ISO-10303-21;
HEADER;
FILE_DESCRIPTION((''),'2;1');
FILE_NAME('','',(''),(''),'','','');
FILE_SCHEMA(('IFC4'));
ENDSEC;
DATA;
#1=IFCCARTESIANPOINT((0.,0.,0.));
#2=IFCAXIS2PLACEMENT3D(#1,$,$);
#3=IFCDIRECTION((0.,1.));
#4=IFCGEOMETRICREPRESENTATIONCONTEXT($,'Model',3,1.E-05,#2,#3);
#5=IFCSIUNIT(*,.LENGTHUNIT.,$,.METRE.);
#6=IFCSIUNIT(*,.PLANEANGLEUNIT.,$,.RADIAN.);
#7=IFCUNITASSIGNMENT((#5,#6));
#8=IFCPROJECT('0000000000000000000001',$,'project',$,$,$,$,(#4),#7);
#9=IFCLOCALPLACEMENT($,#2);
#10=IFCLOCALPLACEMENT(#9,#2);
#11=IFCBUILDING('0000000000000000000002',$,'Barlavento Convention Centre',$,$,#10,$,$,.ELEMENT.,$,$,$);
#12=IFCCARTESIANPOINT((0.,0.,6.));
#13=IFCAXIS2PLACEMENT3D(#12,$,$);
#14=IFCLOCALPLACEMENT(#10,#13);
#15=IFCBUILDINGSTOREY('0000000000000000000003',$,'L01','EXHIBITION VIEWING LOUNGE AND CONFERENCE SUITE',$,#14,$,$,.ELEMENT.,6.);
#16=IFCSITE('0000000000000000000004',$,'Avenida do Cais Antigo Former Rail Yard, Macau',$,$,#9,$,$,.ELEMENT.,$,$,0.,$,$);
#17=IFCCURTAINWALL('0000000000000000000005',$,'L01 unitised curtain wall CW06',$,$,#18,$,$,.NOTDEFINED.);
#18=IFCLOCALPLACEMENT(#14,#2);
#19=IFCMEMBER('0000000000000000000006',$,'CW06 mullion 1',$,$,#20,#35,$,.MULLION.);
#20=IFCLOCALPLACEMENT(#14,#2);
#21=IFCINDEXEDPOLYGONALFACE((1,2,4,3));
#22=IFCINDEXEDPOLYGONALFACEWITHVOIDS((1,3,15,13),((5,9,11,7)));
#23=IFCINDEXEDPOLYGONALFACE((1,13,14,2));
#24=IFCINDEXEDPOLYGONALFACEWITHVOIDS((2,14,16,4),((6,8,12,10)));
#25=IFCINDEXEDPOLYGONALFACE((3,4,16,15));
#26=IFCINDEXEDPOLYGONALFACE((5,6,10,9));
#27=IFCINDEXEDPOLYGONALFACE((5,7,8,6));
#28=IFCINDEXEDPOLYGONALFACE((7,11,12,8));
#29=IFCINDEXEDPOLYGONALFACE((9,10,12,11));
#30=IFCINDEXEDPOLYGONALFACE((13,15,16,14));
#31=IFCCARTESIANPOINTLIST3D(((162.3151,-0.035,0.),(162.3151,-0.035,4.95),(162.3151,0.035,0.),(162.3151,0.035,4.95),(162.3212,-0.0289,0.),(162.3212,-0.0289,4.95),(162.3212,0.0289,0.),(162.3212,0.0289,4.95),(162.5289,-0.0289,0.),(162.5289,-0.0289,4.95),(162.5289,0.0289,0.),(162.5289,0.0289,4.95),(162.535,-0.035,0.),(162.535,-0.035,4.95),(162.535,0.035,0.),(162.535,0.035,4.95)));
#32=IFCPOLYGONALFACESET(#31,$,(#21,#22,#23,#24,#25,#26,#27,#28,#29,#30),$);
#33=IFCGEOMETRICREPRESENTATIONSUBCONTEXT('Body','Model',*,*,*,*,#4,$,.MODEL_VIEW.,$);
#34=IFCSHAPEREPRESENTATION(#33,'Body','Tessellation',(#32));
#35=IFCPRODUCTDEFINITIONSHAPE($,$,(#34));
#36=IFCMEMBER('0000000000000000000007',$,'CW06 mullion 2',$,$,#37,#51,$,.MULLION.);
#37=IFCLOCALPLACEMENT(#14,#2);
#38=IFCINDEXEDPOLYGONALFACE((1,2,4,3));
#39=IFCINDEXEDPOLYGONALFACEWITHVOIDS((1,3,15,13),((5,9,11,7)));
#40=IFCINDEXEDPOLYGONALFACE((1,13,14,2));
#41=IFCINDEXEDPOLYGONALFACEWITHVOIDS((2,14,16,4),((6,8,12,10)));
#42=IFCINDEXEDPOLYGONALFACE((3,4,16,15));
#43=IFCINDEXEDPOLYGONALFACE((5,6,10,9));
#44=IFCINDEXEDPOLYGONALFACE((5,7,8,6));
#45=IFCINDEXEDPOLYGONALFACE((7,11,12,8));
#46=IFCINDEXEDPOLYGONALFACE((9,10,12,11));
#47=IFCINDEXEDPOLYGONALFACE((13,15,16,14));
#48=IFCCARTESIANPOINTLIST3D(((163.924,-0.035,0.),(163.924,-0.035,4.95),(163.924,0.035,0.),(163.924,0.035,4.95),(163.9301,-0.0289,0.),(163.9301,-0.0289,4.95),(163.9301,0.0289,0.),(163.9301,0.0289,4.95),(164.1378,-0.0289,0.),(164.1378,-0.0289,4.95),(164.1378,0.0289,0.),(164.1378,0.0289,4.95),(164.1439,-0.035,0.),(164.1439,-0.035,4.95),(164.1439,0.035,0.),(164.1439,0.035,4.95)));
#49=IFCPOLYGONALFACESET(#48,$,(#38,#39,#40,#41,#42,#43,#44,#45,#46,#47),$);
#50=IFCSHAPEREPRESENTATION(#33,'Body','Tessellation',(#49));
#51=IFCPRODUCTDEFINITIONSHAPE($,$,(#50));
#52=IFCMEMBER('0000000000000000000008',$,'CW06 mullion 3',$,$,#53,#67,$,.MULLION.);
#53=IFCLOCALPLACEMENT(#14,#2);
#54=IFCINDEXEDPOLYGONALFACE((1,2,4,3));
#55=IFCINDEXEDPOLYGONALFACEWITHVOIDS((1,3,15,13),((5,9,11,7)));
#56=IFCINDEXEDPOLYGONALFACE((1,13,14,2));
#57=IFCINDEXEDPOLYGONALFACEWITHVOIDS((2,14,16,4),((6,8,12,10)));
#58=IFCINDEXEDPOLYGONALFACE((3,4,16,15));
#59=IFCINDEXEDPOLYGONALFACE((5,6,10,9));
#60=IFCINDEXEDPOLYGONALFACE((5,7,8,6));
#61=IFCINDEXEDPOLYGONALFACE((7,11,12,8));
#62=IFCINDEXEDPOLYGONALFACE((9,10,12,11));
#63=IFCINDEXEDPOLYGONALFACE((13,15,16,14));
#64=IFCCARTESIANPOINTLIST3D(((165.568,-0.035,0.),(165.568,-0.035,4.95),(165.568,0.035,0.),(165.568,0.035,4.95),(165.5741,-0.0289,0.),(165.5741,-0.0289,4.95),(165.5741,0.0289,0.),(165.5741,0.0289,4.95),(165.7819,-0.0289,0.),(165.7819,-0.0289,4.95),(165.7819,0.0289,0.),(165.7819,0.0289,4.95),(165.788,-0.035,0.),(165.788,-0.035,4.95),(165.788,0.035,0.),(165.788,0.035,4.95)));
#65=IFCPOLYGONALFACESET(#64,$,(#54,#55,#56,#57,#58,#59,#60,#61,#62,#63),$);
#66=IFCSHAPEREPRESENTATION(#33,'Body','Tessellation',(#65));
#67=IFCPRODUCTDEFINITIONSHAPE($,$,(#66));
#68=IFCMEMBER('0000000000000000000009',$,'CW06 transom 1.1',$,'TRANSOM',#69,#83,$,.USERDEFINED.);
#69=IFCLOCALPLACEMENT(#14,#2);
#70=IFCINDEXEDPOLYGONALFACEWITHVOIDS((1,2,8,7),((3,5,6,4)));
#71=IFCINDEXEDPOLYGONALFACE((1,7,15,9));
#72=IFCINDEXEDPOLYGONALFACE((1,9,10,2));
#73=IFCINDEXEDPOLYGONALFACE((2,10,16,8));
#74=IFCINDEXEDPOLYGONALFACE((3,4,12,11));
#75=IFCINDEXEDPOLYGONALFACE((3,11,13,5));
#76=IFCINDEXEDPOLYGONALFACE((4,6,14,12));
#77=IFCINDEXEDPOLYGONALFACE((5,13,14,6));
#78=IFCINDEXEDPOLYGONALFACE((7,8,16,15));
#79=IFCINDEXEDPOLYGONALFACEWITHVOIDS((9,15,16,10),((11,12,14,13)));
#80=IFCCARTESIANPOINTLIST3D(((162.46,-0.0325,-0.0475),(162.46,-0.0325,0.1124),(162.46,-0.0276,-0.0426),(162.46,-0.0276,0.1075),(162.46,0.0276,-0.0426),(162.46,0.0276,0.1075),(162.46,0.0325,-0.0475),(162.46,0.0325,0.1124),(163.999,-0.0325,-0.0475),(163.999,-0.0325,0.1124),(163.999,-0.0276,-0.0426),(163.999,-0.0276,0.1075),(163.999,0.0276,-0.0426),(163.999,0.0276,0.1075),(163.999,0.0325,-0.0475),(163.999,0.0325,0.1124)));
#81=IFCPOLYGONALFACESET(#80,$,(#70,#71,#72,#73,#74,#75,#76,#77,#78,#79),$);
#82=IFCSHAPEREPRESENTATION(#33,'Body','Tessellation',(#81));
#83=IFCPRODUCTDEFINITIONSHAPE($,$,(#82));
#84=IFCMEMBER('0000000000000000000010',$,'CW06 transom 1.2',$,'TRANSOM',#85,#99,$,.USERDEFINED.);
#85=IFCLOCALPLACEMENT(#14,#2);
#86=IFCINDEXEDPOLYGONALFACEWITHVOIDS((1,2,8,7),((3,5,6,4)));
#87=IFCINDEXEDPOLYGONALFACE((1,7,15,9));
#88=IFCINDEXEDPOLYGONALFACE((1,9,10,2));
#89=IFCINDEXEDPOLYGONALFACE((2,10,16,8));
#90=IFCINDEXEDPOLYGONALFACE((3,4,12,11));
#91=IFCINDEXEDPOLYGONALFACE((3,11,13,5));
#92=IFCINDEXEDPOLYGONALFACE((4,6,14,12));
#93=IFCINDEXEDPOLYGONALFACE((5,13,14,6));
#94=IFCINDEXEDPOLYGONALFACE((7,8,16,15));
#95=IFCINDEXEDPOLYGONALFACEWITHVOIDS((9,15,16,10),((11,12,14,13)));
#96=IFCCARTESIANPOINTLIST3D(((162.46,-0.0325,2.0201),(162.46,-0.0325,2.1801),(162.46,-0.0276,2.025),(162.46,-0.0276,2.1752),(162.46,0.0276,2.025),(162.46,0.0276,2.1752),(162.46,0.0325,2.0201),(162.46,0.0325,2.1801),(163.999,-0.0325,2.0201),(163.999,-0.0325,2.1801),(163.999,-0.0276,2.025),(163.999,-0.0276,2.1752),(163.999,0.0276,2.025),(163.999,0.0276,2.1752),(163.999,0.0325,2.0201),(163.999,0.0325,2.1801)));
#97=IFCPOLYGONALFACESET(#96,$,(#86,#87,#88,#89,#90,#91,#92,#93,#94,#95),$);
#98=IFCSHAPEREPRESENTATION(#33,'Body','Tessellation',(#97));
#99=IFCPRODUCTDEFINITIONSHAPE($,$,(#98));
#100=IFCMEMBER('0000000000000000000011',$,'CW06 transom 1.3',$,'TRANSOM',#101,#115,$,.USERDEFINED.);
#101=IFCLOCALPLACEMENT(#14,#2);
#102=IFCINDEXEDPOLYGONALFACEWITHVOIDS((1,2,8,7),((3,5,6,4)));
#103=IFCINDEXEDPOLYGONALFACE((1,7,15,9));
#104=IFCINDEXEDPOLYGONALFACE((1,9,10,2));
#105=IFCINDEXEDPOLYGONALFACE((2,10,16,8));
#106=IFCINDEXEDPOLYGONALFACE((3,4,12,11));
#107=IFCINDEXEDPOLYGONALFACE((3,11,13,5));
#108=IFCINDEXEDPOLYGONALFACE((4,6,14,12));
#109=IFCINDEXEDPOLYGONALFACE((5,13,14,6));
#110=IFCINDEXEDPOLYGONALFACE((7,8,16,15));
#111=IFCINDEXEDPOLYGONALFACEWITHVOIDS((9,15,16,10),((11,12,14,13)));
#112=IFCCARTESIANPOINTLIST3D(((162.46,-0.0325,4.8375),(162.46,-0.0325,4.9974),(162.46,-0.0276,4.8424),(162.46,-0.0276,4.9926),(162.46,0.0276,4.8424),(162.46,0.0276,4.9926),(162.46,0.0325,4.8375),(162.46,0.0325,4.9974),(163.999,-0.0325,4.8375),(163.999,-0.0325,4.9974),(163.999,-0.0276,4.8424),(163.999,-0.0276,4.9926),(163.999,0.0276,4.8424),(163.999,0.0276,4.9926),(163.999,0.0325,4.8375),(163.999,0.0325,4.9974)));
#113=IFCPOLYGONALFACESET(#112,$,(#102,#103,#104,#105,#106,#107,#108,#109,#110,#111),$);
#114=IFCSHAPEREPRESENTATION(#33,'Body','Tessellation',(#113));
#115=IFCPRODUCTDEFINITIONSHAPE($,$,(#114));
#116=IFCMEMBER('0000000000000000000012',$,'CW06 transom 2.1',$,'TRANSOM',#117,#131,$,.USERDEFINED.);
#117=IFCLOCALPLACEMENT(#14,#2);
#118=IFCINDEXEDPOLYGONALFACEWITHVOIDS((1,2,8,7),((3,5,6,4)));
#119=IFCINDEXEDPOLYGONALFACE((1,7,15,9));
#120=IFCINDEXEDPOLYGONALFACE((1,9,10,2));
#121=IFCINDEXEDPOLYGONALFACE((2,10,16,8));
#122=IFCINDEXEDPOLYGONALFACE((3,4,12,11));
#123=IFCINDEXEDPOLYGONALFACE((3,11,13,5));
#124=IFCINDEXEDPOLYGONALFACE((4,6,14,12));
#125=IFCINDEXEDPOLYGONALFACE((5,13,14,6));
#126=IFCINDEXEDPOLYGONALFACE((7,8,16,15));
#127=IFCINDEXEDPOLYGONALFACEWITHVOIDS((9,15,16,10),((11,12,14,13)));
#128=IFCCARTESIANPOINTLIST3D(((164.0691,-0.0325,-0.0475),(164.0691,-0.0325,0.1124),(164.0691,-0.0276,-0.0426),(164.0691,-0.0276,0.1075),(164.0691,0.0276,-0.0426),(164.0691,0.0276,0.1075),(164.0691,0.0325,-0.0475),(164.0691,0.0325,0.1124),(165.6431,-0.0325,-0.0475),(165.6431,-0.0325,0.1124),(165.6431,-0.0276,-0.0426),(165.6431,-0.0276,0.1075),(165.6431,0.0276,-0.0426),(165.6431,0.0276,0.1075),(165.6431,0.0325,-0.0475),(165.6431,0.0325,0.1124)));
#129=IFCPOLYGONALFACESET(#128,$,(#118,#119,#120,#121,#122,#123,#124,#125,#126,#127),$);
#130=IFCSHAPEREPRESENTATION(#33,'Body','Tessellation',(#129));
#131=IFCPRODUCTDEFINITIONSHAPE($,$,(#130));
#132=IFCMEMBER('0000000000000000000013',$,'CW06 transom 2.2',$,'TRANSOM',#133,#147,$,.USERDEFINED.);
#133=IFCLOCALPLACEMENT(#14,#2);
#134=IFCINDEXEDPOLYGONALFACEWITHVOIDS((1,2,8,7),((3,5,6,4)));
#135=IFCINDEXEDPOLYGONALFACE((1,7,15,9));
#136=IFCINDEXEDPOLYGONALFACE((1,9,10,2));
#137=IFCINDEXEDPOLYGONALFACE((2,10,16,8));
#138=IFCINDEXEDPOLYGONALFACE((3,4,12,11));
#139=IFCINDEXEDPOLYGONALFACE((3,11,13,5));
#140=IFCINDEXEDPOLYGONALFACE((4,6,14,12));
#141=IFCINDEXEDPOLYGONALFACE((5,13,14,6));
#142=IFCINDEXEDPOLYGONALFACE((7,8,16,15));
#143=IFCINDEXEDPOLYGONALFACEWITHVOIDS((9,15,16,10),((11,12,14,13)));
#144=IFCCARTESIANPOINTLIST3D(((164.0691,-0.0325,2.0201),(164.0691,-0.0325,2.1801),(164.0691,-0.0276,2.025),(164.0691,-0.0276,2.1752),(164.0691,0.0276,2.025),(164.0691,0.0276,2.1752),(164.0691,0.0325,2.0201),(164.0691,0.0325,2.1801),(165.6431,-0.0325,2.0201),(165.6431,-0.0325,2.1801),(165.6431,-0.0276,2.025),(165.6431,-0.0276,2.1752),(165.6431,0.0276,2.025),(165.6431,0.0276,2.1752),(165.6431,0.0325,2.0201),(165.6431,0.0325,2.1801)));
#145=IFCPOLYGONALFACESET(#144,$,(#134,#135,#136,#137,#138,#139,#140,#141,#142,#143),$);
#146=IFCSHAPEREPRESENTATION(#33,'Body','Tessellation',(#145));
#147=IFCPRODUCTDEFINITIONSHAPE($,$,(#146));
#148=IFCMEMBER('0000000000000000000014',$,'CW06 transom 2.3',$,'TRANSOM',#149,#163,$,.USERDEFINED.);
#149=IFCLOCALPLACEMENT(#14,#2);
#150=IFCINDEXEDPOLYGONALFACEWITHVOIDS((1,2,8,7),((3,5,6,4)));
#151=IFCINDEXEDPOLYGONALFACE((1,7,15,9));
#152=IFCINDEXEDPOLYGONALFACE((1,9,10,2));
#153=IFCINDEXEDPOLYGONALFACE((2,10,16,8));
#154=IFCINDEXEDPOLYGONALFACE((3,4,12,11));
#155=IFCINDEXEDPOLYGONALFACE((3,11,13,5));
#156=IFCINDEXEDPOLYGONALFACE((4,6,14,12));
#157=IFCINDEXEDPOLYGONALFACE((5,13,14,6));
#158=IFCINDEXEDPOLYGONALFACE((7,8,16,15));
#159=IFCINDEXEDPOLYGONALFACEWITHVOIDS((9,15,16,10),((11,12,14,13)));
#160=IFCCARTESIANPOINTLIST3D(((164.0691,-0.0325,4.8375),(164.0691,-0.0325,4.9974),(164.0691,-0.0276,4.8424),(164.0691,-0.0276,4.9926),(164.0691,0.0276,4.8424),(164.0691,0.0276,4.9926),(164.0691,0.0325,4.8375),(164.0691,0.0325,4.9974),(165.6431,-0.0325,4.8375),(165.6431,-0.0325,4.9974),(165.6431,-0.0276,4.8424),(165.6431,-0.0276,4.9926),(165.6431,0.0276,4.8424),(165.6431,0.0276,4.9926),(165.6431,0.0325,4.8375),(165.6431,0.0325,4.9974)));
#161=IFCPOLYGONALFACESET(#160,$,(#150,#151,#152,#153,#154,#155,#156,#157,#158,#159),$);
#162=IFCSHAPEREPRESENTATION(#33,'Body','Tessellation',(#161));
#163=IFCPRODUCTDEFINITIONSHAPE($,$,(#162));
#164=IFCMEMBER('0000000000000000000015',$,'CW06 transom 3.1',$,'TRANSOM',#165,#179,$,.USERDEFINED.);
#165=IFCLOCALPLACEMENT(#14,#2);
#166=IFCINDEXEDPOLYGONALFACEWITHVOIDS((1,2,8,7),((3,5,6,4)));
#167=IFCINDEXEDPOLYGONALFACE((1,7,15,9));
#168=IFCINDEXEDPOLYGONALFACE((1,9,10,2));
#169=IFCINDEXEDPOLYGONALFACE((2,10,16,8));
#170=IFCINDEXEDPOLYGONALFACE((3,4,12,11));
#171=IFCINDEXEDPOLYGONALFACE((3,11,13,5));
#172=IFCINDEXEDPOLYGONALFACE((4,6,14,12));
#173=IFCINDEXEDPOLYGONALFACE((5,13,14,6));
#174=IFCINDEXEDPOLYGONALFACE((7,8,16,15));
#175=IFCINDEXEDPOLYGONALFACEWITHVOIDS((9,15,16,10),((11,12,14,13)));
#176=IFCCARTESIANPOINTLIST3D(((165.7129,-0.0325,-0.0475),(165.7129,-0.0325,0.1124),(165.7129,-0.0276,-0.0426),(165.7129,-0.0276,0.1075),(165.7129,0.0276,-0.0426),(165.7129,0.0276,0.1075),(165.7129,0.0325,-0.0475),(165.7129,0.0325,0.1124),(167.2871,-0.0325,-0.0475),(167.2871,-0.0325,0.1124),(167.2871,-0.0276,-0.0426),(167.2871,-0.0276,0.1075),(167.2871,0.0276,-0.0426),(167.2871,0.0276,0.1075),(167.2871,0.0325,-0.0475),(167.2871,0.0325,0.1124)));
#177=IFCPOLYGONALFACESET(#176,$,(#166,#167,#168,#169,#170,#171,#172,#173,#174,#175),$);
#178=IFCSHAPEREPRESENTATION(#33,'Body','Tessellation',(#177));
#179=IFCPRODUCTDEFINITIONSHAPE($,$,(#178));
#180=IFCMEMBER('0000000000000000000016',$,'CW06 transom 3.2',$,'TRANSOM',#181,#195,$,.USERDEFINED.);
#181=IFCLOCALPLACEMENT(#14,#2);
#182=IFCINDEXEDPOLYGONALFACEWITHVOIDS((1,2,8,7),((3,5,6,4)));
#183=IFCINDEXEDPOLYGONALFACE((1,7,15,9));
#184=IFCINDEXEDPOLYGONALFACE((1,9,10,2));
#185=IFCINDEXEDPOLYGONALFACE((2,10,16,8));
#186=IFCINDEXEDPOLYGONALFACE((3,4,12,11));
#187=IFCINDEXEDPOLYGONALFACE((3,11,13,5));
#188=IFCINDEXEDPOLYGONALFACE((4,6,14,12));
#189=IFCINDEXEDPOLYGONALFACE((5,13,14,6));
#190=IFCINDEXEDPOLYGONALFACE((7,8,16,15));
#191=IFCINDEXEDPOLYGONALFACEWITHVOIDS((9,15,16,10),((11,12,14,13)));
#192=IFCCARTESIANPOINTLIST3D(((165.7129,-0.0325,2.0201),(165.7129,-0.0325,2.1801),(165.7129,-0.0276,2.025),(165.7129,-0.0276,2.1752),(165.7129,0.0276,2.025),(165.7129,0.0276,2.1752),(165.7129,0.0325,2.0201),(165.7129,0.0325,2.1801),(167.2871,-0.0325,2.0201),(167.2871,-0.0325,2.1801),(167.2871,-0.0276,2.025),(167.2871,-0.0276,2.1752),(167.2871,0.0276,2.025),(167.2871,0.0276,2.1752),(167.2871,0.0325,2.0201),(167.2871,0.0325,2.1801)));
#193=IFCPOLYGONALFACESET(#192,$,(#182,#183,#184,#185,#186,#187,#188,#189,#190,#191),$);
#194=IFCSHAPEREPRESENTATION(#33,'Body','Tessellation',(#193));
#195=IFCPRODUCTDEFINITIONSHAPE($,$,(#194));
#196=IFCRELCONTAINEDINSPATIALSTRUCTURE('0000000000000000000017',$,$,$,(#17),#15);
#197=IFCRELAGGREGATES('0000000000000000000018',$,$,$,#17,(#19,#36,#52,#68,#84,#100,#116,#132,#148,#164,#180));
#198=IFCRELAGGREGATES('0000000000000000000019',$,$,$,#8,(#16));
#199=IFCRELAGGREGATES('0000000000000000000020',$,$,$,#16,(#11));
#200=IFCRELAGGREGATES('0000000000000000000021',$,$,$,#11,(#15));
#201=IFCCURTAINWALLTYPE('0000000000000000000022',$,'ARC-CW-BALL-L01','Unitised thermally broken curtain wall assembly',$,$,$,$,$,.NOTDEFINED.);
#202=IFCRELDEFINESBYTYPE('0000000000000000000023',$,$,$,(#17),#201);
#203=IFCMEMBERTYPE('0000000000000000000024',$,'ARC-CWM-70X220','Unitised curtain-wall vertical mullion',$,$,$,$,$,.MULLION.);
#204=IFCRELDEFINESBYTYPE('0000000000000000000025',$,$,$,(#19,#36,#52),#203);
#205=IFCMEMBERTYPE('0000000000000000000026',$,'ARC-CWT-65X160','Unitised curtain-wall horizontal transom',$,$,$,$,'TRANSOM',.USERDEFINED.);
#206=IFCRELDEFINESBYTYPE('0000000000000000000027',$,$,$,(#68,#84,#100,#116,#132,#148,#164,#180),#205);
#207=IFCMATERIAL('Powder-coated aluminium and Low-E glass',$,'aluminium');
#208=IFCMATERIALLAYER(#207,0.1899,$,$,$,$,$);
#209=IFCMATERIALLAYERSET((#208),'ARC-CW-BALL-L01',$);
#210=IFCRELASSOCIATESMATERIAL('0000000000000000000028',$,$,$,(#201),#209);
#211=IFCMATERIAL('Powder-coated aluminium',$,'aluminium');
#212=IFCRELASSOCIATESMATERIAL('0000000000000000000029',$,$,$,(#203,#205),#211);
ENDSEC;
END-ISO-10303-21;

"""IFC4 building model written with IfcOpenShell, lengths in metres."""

from ifc_helpers import new_model, si_unit, direction, frame, origin, origin_2d, place, context, subcontext, project, spatial, hollow_rectangle, extrude, material, layer, layer_set, material_profile, profile_set, type_object, element, aggregate, save


model = new_model("IFC4")

# Units and contexts
model_context = context("Model", 3, precision=1e-05, world=origin(), true_north=direction((0.0, 1.0)))
body_context = subcontext(model_context, "Body", "Model", "MODEL_VIEW")
ifc_project = project(units=[si_unit("LENGTHUNIT", "METRE"), si_unit("PLANEANGLEUNIT", "RADIAN")], contexts=[model_context])

# Site, building, storey
site_placement = place(None, origin())
site = spatial("IfcSite", under=ifc_project, at=site_placement, Name="Avenida do Cais Antigo Former Rail Yard, Macau", CompositionType="ELEMENT", RefElevation=0.0)
building_placement = place(site_placement, origin())
building = spatial("IfcBuilding", under=site, at=building_placement, Name="Barlavento Convention Centre", CompositionType="ELEMENT")
storey_placement = place(building_placement, frame((0.0, 0.0, 6.0)))
storey = spatial("IfcBuildingStorey", under=building, at=storey_placement, Name="L01", Description="EXHIBITION VIEWING LOUNGE AND CONFERENCE SUITE", CompositionType="ELEMENT", Elevation=6.0)

# Curtain wall, members
ifc_material_1 = material(Name="Powder-coated aluminium and Low-E glass", Category="aluminium")
ifc_layer_1 = layer(ifc_material_1, 0.1899)
ifc_layer_set_1 = layer_set([ifc_layer_1], Name="ARC-CW-BALL-L01")
curtain_wall_type = type_object("IfcCurtainWallType", Name="ARC-CW-BALL-L01", Description="Unitised thermally broken curtain wall assembly", PredefinedType="NOTDEFINED", material=ifc_layer_set_1)
curtain_wall_placement = place(storey_placement, origin())
curtain_wall = element("IfcCurtainWall", 1, at=curtain_wall_placement, inside=storey, type_object=curtain_wall_type, Name="L01 unitised curtain wall CW06", PredefinedType="NOTDEFINED")
ifc_material_2 = material(Name="Powder-coated aluminium", Category="aluminium")
ifc_material_profile_1 = material_profile(ifc_material_2, hollow_rectangle(XDim=0.0701, YDim=0.22, WallThickness=0.0061, at=origin_2d()), Name="AL-MULL 70x220x6")
ifc_profile_set_1 = profile_set([ifc_material_profile_1], Name="Powder-coated aluminium")
member_type_1 = type_object("IfcMemberType", Name="ARC-CWM-70X220", Description="Unitised curtain-wall vertical mullion", PredefinedType="MULLION", material=ifc_profile_set_1)
member_1_placement = place(storey_placement, frame((162.425, 0.0, 0.0), z_axis=(0.0, 0.0, 1.0), x_axis=(0.0, 1.0, 0.0)))
member_1 = element("IfcMember", 2, at=member_1_placement, type_object=member_type_1, Name="CW06 mullion 1", PredefinedType="MULLION", context=body_context, shape_type="SweptSolid", body=[
    extrude(hollow_rectangle(XDim=0.0701, YDim=0.22, WallThickness=0.0061, at=origin_2d()), origin(), (0.0, 0.0, 1.0), 4.95),
])
member_2_placement = place(storey_placement, frame((164.0339, 0.0, 0.0), z_axis=(0.0, 0.0, 1.0), x_axis=(0.0, 1.0, 0.0)))
member_2 = element("IfcMember", 3, at=member_2_placement, type_object=member_type_1, Name="CW06 mullion 2", PredefinedType="MULLION", context=body_context, shape_type="SweptSolid", body=[
    extrude(hollow_rectangle(XDim=0.0701, YDim=0.22, WallThickness=0.0061, at=origin_2d()), origin(), (0.0, 0.0, 1.0), 4.95),
])
member_3_placement = place(storey_placement, frame((165.678, 0.0, 0.0), z_axis=(0.0, 0.0, 1.0), x_axis=(0.0, 1.0, 0.0)))
member_3 = element("IfcMember", 4, at=member_3_placement, type_object=member_type_1, Name="CW06 mullion 3", PredefinedType="MULLION", context=body_context, shape_type="SweptSolid", body=[
    extrude(hollow_rectangle(XDim=0.0701, YDim=0.22, WallThickness=0.0061, at=origin_2d()), origin(), (0.0, 0.0, 1.0), 4.95),
])
ifc_material_profile_2 = material_profile(ifc_material_2, hollow_rectangle(XDim=0.0649, YDim=0.1599, WallThickness=0.0049, at=origin_2d()), Name="AL-TRAN 65x160x5")
ifc_profile_set_2 = profile_set([ifc_material_profile_2], Name="Powder-coated aluminium")
member_type_2 = type_object("IfcMemberType", Name="ARC-CWT-65X160", Description="Unitised curtain-wall horizontal transom", ElementType="TRANSOM", PredefinedType="USERDEFINED", material=ifc_profile_set_2)
member_4_placement = place(storey_placement, frame((162.46, 0.0, 0.0325), z_axis=(1.0, 0.0, 0.0), x_axis=(0.0, 1.0, 0.0)))
member_4 = element("IfcMember", 5, at=member_4_placement, type_object=member_type_2, Name="CW06 transom 1.1", ObjectType="TRANSOM", PredefinedType="USERDEFINED", context=body_context, shape_type="SweptSolid", body=[
    extrude(hollow_rectangle(XDim=0.0649, YDim=0.1599, WallThickness=0.0049, at=origin_2d()), origin(), (0.0, 0.0, 1.0), 1.5391),
])
member_5_placement = place(storey_placement, frame((162.46, 0.0, 2.1001), z_axis=(1.0, 0.0, 0.0), x_axis=(0.0, 1.0, 0.0)))
member_5 = element("IfcMember", 6, at=member_5_placement, type_object=member_type_2, Name="CW06 transom 1.2", ObjectType="TRANSOM", PredefinedType="USERDEFINED", context=body_context, shape_type="SweptSolid", body=[
    extrude(hollow_rectangle(XDim=0.0649, YDim=0.1599, WallThickness=0.0049, at=origin_2d()), origin(), (0.0, 0.0, 1.0), 1.5391),
])
member_6_placement = place(storey_placement, frame((162.46, 0.0, 4.9175), z_axis=(1.0, 0.0, 0.0), x_axis=(0.0, 1.0, 0.0)))
member_6 = element("IfcMember", 7, at=member_6_placement, type_object=member_type_2, Name="CW06 transom 1.3", ObjectType="TRANSOM", PredefinedType="USERDEFINED", context=body_context, shape_type="SweptSolid", body=[
    extrude(hollow_rectangle(XDim=0.0649, YDim=0.1599, WallThickness=0.0049, at=origin_2d()), origin(), (0.0, 0.0, 1.0), 1.5391),
])
member_7_placement = place(storey_placement, frame((164.0691, 0.0, 0.0325), z_axis=(1.0, 0.0, 0.0), x_axis=(0.0, 1.0, 0.0)))
member_7 = element("IfcMember", 8, at=member_7_placement, type_object=member_type_2, Name="CW06 transom 2.1", ObjectType="TRANSOM", PredefinedType="USERDEFINED", context=body_context, shape_type="SweptSolid", body=[
    extrude(hollow_rectangle(XDim=0.0649, YDim=0.1599, WallThickness=0.0049, at=origin_2d()), origin(), (0.0, 0.0, 1.0), 1.574),
])
member_8_placement = place(storey_placement, frame((164.0691, 0.0, 2.1001), z_axis=(1.0, 0.0, 0.0), x_axis=(0.0, 1.0, 0.0)))
member_8 = element("IfcMember", 9, at=member_8_placement, type_object=member_type_2, Name="CW06 transom 2.2", ObjectType="TRANSOM", PredefinedType="USERDEFINED", context=body_context, shape_type="SweptSolid", body=[
    extrude(hollow_rectangle(XDim=0.0649, YDim=0.1599, WallThickness=0.0049, at=origin_2d()), origin(), (0.0, 0.0, 1.0), 1.574),
])
member_9_placement = place(storey_placement, frame((164.0691, 0.0, 4.9175), z_axis=(1.0, 0.0, 0.0), x_axis=(0.0, 1.0, 0.0)))
member_9 = element("IfcMember", 10, at=member_9_placement, type_object=member_type_2, Name="CW06 transom 2.3", ObjectType="TRANSOM", PredefinedType="USERDEFINED", context=body_context, shape_type="SweptSolid", body=[
    extrude(hollow_rectangle(XDim=0.0649, YDim=0.1599, WallThickness=0.0049, at=origin_2d()), origin(), (0.0, 0.0, 1.0), 1.574),
])
member_10_placement = place(storey_placement, frame((165.7129, 0.0, 0.0325), z_axis=(1.0, 0.0, 0.0), x_axis=(0.0, 1.0, 0.0)))
member_10 = element("IfcMember", 11, at=member_10_placement, type_object=member_type_2, Name="CW06 transom 3.1", ObjectType="TRANSOM", PredefinedType="USERDEFINED", context=body_context, shape_type="SweptSolid", body=[
    extrude(hollow_rectangle(XDim=0.0649, YDim=0.1599, WallThickness=0.0049, at=origin_2d()), origin(), (0.0, 0.0, 1.0), 1.5742),
])
member_11_placement = place(storey_placement, frame((165.7129, 0.0, 2.1001), z_axis=(1.0, 0.0, 0.0), x_axis=(0.0, 1.0, 0.0)))
member_11 = element("IfcMember", 12, at=member_11_placement, type_object=member_type_2, Name="CW06 transom 3.2", ObjectType="TRANSOM", PredefinedType="USERDEFINED", context=body_context, shape_type="SweptSolid", body=[
    extrude(hollow_rectangle(XDim=0.0649, YDim=0.1599, WallThickness=0.0049, at=origin_2d()), origin(), (0.0, 0.0, 1.0), 1.5742),
])

aggregate(curtain_wall, [member_1, member_2, member_3, member_4, member_5, member_6, member_7, member_8, member_9, member_10, member_11])

save(model, "model.ifc")
